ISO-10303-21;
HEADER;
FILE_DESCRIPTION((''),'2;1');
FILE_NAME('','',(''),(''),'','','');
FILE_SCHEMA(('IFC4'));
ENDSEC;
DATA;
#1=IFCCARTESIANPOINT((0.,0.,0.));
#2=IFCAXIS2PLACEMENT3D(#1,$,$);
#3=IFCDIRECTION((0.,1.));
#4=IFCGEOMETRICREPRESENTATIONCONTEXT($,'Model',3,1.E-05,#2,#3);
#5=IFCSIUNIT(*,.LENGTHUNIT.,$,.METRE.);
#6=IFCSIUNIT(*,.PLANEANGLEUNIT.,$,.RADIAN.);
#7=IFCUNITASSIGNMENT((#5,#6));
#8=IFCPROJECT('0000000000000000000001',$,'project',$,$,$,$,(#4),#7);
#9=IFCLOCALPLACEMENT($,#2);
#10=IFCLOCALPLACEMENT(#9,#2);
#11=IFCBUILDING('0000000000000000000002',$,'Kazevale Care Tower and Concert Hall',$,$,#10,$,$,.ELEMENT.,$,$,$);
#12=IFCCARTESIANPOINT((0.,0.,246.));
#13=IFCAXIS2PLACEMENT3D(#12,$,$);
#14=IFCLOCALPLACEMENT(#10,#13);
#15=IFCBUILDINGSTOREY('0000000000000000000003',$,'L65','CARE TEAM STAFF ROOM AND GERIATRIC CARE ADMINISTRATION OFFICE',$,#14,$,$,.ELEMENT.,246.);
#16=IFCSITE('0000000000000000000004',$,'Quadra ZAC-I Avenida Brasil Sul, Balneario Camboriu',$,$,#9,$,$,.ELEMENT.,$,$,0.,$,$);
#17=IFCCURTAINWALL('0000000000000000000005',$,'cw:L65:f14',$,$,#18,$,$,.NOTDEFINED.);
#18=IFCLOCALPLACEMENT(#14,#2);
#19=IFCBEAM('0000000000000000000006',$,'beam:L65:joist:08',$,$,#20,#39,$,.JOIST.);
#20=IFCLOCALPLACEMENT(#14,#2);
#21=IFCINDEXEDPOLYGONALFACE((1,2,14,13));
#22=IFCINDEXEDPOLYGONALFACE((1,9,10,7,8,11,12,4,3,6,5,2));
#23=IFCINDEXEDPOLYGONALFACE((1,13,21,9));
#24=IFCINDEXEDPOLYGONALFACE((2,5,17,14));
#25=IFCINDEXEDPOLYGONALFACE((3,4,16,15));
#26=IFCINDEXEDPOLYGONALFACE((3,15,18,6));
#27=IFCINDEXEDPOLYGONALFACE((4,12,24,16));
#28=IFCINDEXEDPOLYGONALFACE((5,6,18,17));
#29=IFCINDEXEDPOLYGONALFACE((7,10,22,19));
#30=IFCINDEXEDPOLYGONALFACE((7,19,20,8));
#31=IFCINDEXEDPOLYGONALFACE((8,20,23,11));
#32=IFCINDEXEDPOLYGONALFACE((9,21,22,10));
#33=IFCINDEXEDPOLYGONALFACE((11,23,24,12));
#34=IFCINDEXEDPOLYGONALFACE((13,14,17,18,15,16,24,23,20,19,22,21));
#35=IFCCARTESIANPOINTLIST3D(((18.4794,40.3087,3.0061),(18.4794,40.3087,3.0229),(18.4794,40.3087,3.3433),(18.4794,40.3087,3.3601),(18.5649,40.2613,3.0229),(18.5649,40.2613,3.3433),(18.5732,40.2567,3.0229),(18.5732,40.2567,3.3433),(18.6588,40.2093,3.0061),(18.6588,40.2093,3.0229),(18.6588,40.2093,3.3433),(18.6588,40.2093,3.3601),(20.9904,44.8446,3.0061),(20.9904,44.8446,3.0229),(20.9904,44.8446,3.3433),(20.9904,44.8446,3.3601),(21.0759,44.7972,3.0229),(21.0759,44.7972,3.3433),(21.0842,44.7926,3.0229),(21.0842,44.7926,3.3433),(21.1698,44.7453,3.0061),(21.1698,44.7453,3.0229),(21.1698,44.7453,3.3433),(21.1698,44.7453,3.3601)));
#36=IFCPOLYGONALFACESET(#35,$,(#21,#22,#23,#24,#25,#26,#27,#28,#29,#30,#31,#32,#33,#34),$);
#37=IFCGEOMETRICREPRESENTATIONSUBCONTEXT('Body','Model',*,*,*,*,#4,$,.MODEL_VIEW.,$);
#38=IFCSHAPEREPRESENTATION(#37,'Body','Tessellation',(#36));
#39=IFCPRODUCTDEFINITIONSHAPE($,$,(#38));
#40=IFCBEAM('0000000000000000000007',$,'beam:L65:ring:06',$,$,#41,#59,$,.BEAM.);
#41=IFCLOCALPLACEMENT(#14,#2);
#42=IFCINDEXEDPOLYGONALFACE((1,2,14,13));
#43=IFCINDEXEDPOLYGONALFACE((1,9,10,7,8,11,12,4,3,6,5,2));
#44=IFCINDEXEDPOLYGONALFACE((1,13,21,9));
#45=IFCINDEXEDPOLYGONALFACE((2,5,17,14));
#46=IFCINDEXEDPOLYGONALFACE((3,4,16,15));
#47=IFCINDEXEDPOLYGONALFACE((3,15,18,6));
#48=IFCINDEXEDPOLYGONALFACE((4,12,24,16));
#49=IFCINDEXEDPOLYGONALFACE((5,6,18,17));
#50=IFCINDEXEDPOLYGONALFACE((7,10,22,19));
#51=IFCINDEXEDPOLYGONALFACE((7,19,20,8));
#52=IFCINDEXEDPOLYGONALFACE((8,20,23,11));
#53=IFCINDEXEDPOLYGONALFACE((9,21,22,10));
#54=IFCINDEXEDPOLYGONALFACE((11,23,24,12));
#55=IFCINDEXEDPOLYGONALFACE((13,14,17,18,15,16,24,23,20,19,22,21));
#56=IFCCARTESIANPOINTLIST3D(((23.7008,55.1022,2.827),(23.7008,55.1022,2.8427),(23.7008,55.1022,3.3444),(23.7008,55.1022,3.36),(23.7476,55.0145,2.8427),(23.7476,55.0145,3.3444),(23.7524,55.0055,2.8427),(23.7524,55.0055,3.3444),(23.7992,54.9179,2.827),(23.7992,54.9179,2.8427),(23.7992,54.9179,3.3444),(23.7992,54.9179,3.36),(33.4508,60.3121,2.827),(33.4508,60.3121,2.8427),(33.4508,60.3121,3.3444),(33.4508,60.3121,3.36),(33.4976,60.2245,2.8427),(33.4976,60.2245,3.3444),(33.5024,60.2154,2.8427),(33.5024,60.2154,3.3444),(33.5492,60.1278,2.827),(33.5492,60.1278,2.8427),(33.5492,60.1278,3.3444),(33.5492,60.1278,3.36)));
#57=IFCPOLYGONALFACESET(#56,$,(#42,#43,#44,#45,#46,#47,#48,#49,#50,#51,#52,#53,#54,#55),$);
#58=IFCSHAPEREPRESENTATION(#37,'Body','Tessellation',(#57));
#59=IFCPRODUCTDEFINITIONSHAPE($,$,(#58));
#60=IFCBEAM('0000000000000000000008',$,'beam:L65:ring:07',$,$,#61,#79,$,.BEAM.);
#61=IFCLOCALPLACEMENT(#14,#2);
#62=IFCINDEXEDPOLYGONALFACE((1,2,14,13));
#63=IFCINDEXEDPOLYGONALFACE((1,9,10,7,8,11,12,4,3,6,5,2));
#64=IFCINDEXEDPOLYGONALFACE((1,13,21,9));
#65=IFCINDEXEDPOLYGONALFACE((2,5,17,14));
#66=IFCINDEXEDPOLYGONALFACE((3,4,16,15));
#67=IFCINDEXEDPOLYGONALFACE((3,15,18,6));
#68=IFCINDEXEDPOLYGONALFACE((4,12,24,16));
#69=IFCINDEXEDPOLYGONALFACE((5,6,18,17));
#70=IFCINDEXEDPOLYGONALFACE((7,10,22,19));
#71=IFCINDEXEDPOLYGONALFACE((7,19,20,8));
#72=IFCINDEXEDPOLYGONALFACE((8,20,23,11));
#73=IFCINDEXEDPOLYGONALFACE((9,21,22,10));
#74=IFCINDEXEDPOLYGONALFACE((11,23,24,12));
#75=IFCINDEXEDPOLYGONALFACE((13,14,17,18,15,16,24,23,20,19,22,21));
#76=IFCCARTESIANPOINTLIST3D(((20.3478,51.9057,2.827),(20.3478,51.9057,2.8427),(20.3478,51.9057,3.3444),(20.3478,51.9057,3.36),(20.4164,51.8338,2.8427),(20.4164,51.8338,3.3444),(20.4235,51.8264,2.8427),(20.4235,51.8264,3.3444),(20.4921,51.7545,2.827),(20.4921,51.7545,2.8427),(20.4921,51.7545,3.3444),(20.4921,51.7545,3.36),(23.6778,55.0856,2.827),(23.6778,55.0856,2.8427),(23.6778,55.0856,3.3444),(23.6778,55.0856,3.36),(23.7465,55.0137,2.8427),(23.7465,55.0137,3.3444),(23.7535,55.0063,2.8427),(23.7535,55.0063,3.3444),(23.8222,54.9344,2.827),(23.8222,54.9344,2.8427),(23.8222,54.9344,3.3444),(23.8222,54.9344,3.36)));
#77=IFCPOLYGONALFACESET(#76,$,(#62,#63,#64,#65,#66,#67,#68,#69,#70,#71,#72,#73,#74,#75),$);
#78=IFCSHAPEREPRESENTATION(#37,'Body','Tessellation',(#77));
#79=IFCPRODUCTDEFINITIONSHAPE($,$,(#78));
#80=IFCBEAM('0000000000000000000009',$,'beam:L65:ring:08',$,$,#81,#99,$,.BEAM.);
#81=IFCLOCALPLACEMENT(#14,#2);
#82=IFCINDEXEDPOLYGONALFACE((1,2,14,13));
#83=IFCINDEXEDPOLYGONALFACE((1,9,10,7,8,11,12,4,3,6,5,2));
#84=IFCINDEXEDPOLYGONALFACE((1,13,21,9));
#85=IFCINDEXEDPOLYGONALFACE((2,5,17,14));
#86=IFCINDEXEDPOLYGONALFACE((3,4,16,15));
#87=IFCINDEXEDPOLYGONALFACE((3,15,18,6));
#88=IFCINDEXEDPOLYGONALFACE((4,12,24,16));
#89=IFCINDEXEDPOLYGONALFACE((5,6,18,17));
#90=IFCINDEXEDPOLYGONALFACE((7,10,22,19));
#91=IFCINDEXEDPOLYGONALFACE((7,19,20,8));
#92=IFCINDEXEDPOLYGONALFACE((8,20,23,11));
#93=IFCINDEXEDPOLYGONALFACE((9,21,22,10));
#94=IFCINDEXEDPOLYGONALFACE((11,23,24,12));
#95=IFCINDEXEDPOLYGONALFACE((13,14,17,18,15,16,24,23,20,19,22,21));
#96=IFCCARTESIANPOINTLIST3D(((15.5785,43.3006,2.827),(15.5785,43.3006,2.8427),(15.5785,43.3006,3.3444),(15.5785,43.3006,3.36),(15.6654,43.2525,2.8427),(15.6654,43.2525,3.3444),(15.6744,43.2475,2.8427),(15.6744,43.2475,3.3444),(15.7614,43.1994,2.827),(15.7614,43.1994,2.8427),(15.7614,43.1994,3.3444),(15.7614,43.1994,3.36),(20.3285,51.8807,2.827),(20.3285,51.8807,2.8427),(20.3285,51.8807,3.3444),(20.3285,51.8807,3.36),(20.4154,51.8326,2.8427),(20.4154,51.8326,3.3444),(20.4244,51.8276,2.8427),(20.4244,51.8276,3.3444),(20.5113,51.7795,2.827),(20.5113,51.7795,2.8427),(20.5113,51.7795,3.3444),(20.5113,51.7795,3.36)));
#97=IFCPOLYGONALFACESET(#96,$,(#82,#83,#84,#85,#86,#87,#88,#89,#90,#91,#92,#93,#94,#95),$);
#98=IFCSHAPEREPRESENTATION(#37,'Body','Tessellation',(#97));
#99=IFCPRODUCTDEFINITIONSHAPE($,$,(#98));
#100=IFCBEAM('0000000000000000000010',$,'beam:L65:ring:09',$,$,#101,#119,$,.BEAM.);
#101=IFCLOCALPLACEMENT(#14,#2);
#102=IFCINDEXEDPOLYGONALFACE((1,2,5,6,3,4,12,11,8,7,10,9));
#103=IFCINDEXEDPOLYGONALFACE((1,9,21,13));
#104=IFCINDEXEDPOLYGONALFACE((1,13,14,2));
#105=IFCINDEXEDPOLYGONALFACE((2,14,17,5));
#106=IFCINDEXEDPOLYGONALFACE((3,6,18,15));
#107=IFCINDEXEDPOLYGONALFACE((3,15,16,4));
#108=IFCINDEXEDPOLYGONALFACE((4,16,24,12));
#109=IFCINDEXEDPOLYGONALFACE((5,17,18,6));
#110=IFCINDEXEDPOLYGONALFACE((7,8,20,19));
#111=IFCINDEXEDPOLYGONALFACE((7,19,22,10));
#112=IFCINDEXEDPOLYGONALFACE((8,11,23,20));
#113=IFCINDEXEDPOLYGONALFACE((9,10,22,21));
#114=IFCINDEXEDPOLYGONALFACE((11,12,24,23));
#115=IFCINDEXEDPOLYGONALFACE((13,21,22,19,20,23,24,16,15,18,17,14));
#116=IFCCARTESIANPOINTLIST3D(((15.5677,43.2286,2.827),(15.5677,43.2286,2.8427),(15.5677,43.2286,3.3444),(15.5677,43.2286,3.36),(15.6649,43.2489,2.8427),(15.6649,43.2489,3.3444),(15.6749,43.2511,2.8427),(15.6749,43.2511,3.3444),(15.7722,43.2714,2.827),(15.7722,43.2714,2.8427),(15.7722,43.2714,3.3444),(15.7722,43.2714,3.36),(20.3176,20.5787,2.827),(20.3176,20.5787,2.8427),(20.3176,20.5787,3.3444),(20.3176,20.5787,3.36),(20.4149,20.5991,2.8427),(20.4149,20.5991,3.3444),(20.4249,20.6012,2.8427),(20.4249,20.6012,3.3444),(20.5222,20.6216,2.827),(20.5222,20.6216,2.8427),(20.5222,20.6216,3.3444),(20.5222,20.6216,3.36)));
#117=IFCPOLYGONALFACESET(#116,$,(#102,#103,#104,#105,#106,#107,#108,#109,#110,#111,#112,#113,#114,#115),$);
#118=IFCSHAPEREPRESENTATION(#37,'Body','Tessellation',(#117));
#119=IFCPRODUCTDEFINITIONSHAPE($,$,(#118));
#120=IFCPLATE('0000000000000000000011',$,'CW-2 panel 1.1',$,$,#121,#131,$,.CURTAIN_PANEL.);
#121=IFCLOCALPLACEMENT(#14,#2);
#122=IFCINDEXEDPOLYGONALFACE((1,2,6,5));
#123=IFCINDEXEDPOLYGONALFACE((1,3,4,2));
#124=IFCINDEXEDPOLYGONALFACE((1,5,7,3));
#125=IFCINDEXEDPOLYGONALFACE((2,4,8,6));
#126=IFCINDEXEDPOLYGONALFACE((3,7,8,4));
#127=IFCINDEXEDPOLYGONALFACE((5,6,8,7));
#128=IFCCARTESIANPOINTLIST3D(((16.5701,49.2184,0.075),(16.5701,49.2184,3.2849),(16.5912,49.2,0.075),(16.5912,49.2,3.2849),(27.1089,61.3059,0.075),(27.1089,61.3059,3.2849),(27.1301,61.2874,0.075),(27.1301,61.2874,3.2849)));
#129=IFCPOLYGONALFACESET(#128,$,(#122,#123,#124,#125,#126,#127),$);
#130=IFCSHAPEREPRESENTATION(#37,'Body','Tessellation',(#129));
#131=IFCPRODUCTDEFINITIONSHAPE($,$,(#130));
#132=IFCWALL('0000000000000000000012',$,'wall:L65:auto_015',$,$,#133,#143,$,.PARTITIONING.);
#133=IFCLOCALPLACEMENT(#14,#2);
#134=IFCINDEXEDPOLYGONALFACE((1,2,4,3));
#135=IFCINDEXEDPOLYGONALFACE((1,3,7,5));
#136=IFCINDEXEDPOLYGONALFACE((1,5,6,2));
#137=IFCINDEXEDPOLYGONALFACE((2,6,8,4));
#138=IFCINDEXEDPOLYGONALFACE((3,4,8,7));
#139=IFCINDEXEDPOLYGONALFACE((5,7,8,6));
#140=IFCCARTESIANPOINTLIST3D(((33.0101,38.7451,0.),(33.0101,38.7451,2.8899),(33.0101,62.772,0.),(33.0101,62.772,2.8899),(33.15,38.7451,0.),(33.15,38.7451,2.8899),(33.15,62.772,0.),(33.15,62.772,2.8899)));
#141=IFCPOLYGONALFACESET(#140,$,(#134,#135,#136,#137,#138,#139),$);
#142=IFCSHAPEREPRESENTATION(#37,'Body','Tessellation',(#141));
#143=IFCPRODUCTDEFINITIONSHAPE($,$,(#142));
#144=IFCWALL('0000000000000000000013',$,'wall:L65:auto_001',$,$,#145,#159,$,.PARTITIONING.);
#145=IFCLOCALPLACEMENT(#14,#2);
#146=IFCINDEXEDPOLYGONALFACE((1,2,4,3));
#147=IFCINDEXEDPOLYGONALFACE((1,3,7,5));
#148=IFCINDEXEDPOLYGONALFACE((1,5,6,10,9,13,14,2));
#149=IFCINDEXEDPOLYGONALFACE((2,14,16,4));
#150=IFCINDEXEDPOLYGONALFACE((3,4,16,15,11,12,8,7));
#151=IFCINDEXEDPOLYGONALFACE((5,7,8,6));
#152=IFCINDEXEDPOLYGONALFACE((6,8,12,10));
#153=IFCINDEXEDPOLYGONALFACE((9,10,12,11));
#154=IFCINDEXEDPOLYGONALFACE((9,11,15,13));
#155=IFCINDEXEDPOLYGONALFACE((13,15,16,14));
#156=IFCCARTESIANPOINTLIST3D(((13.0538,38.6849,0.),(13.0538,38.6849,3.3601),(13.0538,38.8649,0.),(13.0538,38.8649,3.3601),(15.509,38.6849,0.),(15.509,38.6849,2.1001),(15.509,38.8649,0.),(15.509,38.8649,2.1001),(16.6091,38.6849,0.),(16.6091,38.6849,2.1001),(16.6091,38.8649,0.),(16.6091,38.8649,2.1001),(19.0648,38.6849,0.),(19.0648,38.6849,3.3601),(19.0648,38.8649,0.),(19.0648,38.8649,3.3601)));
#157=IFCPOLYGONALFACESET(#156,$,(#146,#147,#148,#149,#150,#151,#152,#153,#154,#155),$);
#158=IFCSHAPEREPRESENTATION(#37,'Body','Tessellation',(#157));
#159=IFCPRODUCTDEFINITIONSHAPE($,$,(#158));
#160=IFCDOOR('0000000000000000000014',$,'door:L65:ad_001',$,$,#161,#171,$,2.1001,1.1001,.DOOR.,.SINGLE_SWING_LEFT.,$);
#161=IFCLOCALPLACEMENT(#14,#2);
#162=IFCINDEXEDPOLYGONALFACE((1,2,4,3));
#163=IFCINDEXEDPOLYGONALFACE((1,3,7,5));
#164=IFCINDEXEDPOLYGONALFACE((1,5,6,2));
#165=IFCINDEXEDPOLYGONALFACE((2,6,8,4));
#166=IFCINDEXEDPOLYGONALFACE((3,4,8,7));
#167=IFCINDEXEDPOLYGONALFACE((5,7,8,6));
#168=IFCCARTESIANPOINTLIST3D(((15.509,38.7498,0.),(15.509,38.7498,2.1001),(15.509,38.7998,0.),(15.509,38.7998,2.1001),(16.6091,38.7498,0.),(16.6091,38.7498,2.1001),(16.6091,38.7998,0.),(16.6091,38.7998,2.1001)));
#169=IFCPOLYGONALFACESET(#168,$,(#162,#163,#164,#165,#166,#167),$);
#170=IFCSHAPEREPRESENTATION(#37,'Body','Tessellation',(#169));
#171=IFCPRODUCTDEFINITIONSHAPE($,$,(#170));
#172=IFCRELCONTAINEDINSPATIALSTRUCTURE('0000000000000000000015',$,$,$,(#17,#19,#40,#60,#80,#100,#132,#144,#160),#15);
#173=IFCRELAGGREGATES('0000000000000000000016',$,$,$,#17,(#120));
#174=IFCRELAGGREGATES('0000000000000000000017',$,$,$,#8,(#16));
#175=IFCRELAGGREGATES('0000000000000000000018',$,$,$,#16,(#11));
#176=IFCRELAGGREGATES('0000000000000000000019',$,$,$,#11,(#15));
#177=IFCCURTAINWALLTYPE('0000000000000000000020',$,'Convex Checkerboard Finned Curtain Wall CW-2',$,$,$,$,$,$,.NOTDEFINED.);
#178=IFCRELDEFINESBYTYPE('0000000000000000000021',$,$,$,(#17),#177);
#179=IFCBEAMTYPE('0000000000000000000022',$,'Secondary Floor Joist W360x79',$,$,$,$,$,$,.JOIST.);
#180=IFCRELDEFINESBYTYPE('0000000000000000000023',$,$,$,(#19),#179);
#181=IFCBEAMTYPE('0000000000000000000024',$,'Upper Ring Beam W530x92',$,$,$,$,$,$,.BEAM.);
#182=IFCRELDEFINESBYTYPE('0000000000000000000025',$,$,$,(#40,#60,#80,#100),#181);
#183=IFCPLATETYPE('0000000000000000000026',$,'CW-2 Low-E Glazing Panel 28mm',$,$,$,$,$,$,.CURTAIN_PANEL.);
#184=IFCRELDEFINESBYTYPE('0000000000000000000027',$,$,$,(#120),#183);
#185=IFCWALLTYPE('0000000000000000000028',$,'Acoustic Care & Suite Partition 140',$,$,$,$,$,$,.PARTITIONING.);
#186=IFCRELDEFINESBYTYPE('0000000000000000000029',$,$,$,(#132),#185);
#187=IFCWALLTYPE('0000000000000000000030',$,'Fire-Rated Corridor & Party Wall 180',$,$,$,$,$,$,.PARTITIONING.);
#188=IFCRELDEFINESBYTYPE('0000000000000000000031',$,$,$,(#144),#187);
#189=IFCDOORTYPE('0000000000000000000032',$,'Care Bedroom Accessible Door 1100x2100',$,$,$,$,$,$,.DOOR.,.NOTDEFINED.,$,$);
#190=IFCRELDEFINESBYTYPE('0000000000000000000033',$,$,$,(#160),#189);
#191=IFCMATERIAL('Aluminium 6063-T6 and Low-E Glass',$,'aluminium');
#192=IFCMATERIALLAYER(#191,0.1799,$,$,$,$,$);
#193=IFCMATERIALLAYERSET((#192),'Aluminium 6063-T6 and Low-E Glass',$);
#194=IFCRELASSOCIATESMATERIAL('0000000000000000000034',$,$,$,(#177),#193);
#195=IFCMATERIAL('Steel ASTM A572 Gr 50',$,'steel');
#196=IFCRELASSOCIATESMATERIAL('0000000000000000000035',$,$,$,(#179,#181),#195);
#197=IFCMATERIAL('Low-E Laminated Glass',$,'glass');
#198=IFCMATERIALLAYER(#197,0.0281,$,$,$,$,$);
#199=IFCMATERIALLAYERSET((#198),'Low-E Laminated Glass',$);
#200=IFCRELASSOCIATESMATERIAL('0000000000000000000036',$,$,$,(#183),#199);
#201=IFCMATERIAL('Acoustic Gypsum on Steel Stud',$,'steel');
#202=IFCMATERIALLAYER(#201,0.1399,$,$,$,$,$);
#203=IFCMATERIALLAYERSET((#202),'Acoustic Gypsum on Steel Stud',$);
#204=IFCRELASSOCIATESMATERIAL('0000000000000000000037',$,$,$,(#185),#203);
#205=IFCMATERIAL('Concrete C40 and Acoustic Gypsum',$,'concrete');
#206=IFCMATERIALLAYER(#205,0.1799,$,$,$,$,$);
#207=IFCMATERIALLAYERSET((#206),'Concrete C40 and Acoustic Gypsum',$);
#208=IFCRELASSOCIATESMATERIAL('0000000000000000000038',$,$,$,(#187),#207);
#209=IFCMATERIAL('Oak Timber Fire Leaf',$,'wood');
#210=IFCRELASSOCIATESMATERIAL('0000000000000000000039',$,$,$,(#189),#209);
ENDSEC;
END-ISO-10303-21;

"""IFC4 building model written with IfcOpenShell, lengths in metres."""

from ifc_helpers import new_model, si_unit, direction, frame, frame_2d, origin, origin_2d, place, context, subcontext, project, spatial, rectangle, i_section, extrude, material, layer, layer_set, material_profile, profile_set, type_object, element, fill, aggregate, save


model = new_model("IFC4")

# Units and contexts
model_context = context("Model", 3, precision=1e-05, world=origin(), true_north=direction((0.0, 1.0)))
body_context = subcontext(model_context, "Body", "Model", "MODEL_VIEW")
ifc_project = project(units=[si_unit("LENGTHUNIT", "METRE"), si_unit("PLANEANGLEUNIT", "RADIAN")], contexts=[model_context])

# Site, building, storey
site_placement = place(None, origin())
site = spatial("IfcSite", under=ifc_project, at=site_placement, Name="Quadra ZAC-I Avenida Brasil Sul, Balneario Camboriu", CompositionType="ELEMENT", RefElevation=0.0)
building_placement = place(site_placement, origin())
building = spatial("IfcBuilding", under=site, at=building_placement, Name="Kazevale Care Tower and Concert Hall", CompositionType="ELEMENT")
storey_placement = place(building_placement, frame((0.0, 0.0, 246.0)))
storey = spatial("IfcBuildingStorey", under=building, at=storey_placement, Name="L65", Description="CARE TEAM STAFF ROOM AND GERIATRIC CARE ADMINISTRATION OFFICE", CompositionType="ELEMENT", Elevation=246.0)

# Curtain wall
ifc_material_1 = material(Name="Aluminium 6063-T6 and Low-E Glass", Category="aluminium")
ifc_layer_1 = layer(ifc_material_1, 0.1799)
ifc_layer_set_1 = layer_set([ifc_layer_1], Name="Aluminium 6063-T6 and Low-E Glass")
curtain_wall_type_1 = type_object("IfcCurtainWallType", Name="Convex Checkerboard Finned Curtain Wall CW-2", PredefinedType="NOTDEFINED", material=ifc_layer_set_1)
curtain_wall_1_placement = place(storey_placement, origin())
curtain_wall_1 = element("IfcCurtainWall", 1, at=curtain_wall_1_placement, inside=storey, type_object=curtain_wall_type_1, Name="cw:L65:f14", PredefinedType="NOTDEFINED")

# Beams
ifc_material_2 = material(Name="Steel ASTM A572 Gr 50", Category="steel")
ifc_material_profile_1 = material_profile(ifc_material_2, i_section(OverallWidth=0.2051, OverallDepth=0.354, WebThickness=0.0095, FlangeThickness=0.0168, at=origin_2d()), Name="W360x79")
ifc_profile_set_1 = profile_set([ifc_material_profile_1], Name="Steel ASTM A572 Gr 50")
beam_type_1 = type_object("IfcBeamType", Name="Secondary Floor Joist W360x79", PredefinedType="JOIST", material=ifc_profile_set_1)
beam_1_placement = place(storey_placement, frame((21.0801, 44.7949, 3.1831), z_axis=(-0.484323, -0.874889, 0.0), x_axis=(0.874889, -0.484323, 0.0)))
element("IfcBeam", 2, at=beam_1_placement, inside=storey, type_object=beam_type_1, Name="beam:L65:joist:08", PredefinedType="JOIST", context=body_context, shape_type="SweptSolid", body=[
    extrude(i_section(OverallWidth=0.2051, OverallDepth=0.354, WebThickness=0.0095, FlangeThickness=0.0168, at=origin_2d()), origin(), (0.0, 0.0, 1.0), 5.1846),
])
ifc_material_profile_2 = material_profile(ifc_material_2, i_section(OverallWidth=0.209, OverallDepth=0.533, WebThickness=0.0103, FlangeThickness=0.0156, at=origin_2d()), Name="W530x92")
ifc_profile_set_2 = profile_set([ifc_material_profile_2], Name="Steel ASTM A572 Gr 50")
beam_type_2 = type_object("IfcBeamType", Name="Upper Ring Beam W530x92", PredefinedType="BEAM", material=ifc_profile_set_2)
beam_2_placement = place(storey_placement, frame((33.5, 60.22, 3.0935), z_axis=(-0.881979, -0.47129, 0.0), x_axis=(0.47129, -0.881979, 0.0)))
element("IfcBeam", 3, at=beam_2_placement, inside=storey, type_object=beam_type_2, Name="beam:L65:ring:06", PredefinedType="BEAM", context=body_context, shape_type="SweptSolid", body=[
    extrude(i_section(OverallWidth=0.209, OverallDepth=0.533, WebThickness=0.0103, FlangeThickness=0.0156, at=origin_2d()), origin(), (0.0, 0.0, 1.0), 11.0547),
])
beam_3_placement = place(storey_placement, frame((23.75, 55.01, 3.0935), z_axis=(-0.723223, -0.690614, 0.0), x_axis=(0.690614, -0.723223, 0.0)))
element("IfcBeam", 4, at=beam_3_placement, inside=storey, type_object=beam_type_2, Name="beam:L65:ring:07", PredefinedType="BEAM", context=body_context, shape_type="SweptSolid", body=[
    extrude(i_section(OverallWidth=0.209, OverallDepth=0.533, WebThickness=0.0103, FlangeThickness=0.0156, at=origin_2d()), origin(), (0.0, 0.0, 1.0), 4.6045),
])
beam_4_placement = place(storey_placement, frame((20.4199, 51.8301, 3.0935), z_axis=(-0.48434, -0.87488, 0.0), x_axis=(0.87488, -0.48434, 0.0)))
element("IfcBeam", 5, at=beam_4_placement, inside=storey, type_object=beam_type_2, Name="beam:L65:ring:08", PredefinedType="BEAM", context=body_context, shape_type="SweptSolid", body=[
    extrude(i_section(OverallWidth=0.209, OverallDepth=0.533, WebThickness=0.0103, FlangeThickness=0.0156, at=origin_2d()), origin(), (0.0, 0.0, 1.0), 9.8071),
])
beam_5_placement = place(storey_placement, frame((15.6699, 43.25, 3.0935), z_axis=(0.205249, -0.97871, 0.0), x_axis=(0.97871, 0.205249, 0.0)))
element("IfcBeam", 6, at=beam_5_placement, inside=storey, type_object=beam_type_2, Name="beam:L65:ring:09", PredefinedType="BEAM", context=body_context, shape_type="SweptSolid", body=[
    extrude(i_section(OverallWidth=0.209, OverallDepth=0.533, WebThickness=0.0103, FlangeThickness=0.0156, at=origin_2d()), origin(), (0.0, 0.0, 1.0), 23.1426),
])

# Plate
ifc_material_3 = material(Name="Low-E Laminated Glass", Category="glass")
ifc_layer_2 = layer(ifc_material_3, 0.0281)
ifc_layer_set_2 = layer_set([ifc_layer_2], Name="Low-E Laminated Glass")
plate_type = type_object("IfcPlateType", Name="CW-2 Low-E Glazing Panel 28mm", PredefinedType="CURTAIN_PANEL", material=ifc_layer_set_2)
plate_placement = place(storey_placement, frame((21.8501, 55.2529, 0.075), z_axis=(0.0, 0.0, 1.0), x_axis=(0.657175, 0.753738, 0.0)))
plate = element("IfcPlate", 7, at=plate_placement, type_object=plate_type, Name="CW-2 panel 1.1", PredefinedType="CURTAIN_PANEL", context=body_context, shape_type="SweptSolid", body=[
    extrude(rectangle(XDim=16.0366, YDim=0.0281, at=origin_2d()), origin(), (0.0, 0.0, 1.0), 3.21),
])
aggregate(curtain_wall_1, [plate])

# Wall
ifc_material_4 = material(Name="Acoustic Gypsum on Steel Stud", Category="steel")
ifc_layer_3 = layer(ifc_material_4, 0.1399)
ifc_layer_set_3 = layer_set([ifc_layer_3], Name="Acoustic Gypsum on Steel Stud")
wall_type_1 = type_object("IfcWallType", Name="Acoustic Care & Suite Partition 140", PredefinedType="PARTITIONING", material=ifc_layer_set_3)
wall_1_placement = place(storey_placement, frame((33.0801, 62.772, 0.0), z_axis=(0.0, 0.0, 1.0), x_axis=(0.0, -1.0, 0.0)))
element("IfcWall", 8, at=wall_1_placement, inside=storey, type_object=wall_type_1, Name="wall:L65:auto_015", PredefinedType="PARTITIONING", context=body_context, shape_type="SweptSolid", body=[
    extrude(rectangle(XDim=24.0269, YDim=0.1399, at=frame_2d((12.0134, 0.0))), origin(), (0.0, 0.0, 1.0), 2.8899),
])

# Wall, opening, door
ifc_material_5 = material(Name="Concrete C40 and Acoustic Gypsum", Category="concrete")
ifc_layer_4 = layer(ifc_material_5, 0.1799)
ifc_layer_set_4 = layer_set([ifc_layer_4], Name="Concrete C40 and Acoustic Gypsum")
wall_type_2 = type_object("IfcWallType", Name="Fire-Rated Corridor & Party Wall 180", PredefinedType="PARTITIONING", material=ifc_layer_set_4)
wall_2_placement = place(storey_placement, frame((13.054, 38.7749, 0.0), z_axis=(0.0, 0.0, 1.0), x_axis=(1.0, 0.0, 0.0)))
wall_2 = element("IfcWall", 9, at=wall_2_placement, inside=storey, type_object=wall_type_2, Name="wall:L65:auto_001", PredefinedType="PARTITIONING", context=body_context, shape_type="SweptSolid", body=[
    extrude(rectangle(XDim=6.011, YDim=0.1799, at=frame_2d((3.0054, 0.0))), origin(), (0.0, 0.0, 1.0), 3.3601),
])
opening_1_placement = place(wall_2_placement, frame((2.4551, 0.0, 0.0)))
opening_1 = element("IfcOpeningElement", 10, at=opening_1_placement, cuts=wall_2, PredefinedType="OPENING", context=body_context, shape_type="SweptSolid", body=[
    extrude(rectangle(XDim=1.1001, YDim=2.1001, at=frame_2d((0.55, 1.05))), frame((0.0, 0.0999, 0.0), z_axis=(0.0, -1.0, 0.0), x_axis=(1.0, 0.0, 0.0)), (0.0, 0.0, 1.0), 0.2),
])
ifc_material_6 = material(Name="Oak Timber Fire Leaf", Category="wood")
door_type = type_object("IfcDoorType", Name="Care Bedroom Accessible Door 1100x2100", OperationType="NOTDEFINED", PredefinedType="DOOR", material=ifc_material_6)
door_1_placement = place(opening_1_placement, origin())
door_1 = element("IfcDoor", 11, at=door_1_placement, inside=storey, type_object=door_type, Name="door:L65:ad_001", OperationType="SINGLE_SWING_LEFT", OverallHeight=2.1001, OverallWidth=1.1001, PredefinedType="DOOR", context=body_context, shape_type="SweptSolid", body=[
    extrude(rectangle(XDim=1.1001, YDim=2.1001, at=frame_2d((0.55, 1.05))), frame((0.0, 0.0249, 0.0), z_axis=(0.0, -1.0, 0.0), x_axis=(1.0, 0.0, 0.0)), (0.0, 0.0, 1.0), 0.05),
])
fill(opening_1, door_1)

save(model, "model.ifc")
